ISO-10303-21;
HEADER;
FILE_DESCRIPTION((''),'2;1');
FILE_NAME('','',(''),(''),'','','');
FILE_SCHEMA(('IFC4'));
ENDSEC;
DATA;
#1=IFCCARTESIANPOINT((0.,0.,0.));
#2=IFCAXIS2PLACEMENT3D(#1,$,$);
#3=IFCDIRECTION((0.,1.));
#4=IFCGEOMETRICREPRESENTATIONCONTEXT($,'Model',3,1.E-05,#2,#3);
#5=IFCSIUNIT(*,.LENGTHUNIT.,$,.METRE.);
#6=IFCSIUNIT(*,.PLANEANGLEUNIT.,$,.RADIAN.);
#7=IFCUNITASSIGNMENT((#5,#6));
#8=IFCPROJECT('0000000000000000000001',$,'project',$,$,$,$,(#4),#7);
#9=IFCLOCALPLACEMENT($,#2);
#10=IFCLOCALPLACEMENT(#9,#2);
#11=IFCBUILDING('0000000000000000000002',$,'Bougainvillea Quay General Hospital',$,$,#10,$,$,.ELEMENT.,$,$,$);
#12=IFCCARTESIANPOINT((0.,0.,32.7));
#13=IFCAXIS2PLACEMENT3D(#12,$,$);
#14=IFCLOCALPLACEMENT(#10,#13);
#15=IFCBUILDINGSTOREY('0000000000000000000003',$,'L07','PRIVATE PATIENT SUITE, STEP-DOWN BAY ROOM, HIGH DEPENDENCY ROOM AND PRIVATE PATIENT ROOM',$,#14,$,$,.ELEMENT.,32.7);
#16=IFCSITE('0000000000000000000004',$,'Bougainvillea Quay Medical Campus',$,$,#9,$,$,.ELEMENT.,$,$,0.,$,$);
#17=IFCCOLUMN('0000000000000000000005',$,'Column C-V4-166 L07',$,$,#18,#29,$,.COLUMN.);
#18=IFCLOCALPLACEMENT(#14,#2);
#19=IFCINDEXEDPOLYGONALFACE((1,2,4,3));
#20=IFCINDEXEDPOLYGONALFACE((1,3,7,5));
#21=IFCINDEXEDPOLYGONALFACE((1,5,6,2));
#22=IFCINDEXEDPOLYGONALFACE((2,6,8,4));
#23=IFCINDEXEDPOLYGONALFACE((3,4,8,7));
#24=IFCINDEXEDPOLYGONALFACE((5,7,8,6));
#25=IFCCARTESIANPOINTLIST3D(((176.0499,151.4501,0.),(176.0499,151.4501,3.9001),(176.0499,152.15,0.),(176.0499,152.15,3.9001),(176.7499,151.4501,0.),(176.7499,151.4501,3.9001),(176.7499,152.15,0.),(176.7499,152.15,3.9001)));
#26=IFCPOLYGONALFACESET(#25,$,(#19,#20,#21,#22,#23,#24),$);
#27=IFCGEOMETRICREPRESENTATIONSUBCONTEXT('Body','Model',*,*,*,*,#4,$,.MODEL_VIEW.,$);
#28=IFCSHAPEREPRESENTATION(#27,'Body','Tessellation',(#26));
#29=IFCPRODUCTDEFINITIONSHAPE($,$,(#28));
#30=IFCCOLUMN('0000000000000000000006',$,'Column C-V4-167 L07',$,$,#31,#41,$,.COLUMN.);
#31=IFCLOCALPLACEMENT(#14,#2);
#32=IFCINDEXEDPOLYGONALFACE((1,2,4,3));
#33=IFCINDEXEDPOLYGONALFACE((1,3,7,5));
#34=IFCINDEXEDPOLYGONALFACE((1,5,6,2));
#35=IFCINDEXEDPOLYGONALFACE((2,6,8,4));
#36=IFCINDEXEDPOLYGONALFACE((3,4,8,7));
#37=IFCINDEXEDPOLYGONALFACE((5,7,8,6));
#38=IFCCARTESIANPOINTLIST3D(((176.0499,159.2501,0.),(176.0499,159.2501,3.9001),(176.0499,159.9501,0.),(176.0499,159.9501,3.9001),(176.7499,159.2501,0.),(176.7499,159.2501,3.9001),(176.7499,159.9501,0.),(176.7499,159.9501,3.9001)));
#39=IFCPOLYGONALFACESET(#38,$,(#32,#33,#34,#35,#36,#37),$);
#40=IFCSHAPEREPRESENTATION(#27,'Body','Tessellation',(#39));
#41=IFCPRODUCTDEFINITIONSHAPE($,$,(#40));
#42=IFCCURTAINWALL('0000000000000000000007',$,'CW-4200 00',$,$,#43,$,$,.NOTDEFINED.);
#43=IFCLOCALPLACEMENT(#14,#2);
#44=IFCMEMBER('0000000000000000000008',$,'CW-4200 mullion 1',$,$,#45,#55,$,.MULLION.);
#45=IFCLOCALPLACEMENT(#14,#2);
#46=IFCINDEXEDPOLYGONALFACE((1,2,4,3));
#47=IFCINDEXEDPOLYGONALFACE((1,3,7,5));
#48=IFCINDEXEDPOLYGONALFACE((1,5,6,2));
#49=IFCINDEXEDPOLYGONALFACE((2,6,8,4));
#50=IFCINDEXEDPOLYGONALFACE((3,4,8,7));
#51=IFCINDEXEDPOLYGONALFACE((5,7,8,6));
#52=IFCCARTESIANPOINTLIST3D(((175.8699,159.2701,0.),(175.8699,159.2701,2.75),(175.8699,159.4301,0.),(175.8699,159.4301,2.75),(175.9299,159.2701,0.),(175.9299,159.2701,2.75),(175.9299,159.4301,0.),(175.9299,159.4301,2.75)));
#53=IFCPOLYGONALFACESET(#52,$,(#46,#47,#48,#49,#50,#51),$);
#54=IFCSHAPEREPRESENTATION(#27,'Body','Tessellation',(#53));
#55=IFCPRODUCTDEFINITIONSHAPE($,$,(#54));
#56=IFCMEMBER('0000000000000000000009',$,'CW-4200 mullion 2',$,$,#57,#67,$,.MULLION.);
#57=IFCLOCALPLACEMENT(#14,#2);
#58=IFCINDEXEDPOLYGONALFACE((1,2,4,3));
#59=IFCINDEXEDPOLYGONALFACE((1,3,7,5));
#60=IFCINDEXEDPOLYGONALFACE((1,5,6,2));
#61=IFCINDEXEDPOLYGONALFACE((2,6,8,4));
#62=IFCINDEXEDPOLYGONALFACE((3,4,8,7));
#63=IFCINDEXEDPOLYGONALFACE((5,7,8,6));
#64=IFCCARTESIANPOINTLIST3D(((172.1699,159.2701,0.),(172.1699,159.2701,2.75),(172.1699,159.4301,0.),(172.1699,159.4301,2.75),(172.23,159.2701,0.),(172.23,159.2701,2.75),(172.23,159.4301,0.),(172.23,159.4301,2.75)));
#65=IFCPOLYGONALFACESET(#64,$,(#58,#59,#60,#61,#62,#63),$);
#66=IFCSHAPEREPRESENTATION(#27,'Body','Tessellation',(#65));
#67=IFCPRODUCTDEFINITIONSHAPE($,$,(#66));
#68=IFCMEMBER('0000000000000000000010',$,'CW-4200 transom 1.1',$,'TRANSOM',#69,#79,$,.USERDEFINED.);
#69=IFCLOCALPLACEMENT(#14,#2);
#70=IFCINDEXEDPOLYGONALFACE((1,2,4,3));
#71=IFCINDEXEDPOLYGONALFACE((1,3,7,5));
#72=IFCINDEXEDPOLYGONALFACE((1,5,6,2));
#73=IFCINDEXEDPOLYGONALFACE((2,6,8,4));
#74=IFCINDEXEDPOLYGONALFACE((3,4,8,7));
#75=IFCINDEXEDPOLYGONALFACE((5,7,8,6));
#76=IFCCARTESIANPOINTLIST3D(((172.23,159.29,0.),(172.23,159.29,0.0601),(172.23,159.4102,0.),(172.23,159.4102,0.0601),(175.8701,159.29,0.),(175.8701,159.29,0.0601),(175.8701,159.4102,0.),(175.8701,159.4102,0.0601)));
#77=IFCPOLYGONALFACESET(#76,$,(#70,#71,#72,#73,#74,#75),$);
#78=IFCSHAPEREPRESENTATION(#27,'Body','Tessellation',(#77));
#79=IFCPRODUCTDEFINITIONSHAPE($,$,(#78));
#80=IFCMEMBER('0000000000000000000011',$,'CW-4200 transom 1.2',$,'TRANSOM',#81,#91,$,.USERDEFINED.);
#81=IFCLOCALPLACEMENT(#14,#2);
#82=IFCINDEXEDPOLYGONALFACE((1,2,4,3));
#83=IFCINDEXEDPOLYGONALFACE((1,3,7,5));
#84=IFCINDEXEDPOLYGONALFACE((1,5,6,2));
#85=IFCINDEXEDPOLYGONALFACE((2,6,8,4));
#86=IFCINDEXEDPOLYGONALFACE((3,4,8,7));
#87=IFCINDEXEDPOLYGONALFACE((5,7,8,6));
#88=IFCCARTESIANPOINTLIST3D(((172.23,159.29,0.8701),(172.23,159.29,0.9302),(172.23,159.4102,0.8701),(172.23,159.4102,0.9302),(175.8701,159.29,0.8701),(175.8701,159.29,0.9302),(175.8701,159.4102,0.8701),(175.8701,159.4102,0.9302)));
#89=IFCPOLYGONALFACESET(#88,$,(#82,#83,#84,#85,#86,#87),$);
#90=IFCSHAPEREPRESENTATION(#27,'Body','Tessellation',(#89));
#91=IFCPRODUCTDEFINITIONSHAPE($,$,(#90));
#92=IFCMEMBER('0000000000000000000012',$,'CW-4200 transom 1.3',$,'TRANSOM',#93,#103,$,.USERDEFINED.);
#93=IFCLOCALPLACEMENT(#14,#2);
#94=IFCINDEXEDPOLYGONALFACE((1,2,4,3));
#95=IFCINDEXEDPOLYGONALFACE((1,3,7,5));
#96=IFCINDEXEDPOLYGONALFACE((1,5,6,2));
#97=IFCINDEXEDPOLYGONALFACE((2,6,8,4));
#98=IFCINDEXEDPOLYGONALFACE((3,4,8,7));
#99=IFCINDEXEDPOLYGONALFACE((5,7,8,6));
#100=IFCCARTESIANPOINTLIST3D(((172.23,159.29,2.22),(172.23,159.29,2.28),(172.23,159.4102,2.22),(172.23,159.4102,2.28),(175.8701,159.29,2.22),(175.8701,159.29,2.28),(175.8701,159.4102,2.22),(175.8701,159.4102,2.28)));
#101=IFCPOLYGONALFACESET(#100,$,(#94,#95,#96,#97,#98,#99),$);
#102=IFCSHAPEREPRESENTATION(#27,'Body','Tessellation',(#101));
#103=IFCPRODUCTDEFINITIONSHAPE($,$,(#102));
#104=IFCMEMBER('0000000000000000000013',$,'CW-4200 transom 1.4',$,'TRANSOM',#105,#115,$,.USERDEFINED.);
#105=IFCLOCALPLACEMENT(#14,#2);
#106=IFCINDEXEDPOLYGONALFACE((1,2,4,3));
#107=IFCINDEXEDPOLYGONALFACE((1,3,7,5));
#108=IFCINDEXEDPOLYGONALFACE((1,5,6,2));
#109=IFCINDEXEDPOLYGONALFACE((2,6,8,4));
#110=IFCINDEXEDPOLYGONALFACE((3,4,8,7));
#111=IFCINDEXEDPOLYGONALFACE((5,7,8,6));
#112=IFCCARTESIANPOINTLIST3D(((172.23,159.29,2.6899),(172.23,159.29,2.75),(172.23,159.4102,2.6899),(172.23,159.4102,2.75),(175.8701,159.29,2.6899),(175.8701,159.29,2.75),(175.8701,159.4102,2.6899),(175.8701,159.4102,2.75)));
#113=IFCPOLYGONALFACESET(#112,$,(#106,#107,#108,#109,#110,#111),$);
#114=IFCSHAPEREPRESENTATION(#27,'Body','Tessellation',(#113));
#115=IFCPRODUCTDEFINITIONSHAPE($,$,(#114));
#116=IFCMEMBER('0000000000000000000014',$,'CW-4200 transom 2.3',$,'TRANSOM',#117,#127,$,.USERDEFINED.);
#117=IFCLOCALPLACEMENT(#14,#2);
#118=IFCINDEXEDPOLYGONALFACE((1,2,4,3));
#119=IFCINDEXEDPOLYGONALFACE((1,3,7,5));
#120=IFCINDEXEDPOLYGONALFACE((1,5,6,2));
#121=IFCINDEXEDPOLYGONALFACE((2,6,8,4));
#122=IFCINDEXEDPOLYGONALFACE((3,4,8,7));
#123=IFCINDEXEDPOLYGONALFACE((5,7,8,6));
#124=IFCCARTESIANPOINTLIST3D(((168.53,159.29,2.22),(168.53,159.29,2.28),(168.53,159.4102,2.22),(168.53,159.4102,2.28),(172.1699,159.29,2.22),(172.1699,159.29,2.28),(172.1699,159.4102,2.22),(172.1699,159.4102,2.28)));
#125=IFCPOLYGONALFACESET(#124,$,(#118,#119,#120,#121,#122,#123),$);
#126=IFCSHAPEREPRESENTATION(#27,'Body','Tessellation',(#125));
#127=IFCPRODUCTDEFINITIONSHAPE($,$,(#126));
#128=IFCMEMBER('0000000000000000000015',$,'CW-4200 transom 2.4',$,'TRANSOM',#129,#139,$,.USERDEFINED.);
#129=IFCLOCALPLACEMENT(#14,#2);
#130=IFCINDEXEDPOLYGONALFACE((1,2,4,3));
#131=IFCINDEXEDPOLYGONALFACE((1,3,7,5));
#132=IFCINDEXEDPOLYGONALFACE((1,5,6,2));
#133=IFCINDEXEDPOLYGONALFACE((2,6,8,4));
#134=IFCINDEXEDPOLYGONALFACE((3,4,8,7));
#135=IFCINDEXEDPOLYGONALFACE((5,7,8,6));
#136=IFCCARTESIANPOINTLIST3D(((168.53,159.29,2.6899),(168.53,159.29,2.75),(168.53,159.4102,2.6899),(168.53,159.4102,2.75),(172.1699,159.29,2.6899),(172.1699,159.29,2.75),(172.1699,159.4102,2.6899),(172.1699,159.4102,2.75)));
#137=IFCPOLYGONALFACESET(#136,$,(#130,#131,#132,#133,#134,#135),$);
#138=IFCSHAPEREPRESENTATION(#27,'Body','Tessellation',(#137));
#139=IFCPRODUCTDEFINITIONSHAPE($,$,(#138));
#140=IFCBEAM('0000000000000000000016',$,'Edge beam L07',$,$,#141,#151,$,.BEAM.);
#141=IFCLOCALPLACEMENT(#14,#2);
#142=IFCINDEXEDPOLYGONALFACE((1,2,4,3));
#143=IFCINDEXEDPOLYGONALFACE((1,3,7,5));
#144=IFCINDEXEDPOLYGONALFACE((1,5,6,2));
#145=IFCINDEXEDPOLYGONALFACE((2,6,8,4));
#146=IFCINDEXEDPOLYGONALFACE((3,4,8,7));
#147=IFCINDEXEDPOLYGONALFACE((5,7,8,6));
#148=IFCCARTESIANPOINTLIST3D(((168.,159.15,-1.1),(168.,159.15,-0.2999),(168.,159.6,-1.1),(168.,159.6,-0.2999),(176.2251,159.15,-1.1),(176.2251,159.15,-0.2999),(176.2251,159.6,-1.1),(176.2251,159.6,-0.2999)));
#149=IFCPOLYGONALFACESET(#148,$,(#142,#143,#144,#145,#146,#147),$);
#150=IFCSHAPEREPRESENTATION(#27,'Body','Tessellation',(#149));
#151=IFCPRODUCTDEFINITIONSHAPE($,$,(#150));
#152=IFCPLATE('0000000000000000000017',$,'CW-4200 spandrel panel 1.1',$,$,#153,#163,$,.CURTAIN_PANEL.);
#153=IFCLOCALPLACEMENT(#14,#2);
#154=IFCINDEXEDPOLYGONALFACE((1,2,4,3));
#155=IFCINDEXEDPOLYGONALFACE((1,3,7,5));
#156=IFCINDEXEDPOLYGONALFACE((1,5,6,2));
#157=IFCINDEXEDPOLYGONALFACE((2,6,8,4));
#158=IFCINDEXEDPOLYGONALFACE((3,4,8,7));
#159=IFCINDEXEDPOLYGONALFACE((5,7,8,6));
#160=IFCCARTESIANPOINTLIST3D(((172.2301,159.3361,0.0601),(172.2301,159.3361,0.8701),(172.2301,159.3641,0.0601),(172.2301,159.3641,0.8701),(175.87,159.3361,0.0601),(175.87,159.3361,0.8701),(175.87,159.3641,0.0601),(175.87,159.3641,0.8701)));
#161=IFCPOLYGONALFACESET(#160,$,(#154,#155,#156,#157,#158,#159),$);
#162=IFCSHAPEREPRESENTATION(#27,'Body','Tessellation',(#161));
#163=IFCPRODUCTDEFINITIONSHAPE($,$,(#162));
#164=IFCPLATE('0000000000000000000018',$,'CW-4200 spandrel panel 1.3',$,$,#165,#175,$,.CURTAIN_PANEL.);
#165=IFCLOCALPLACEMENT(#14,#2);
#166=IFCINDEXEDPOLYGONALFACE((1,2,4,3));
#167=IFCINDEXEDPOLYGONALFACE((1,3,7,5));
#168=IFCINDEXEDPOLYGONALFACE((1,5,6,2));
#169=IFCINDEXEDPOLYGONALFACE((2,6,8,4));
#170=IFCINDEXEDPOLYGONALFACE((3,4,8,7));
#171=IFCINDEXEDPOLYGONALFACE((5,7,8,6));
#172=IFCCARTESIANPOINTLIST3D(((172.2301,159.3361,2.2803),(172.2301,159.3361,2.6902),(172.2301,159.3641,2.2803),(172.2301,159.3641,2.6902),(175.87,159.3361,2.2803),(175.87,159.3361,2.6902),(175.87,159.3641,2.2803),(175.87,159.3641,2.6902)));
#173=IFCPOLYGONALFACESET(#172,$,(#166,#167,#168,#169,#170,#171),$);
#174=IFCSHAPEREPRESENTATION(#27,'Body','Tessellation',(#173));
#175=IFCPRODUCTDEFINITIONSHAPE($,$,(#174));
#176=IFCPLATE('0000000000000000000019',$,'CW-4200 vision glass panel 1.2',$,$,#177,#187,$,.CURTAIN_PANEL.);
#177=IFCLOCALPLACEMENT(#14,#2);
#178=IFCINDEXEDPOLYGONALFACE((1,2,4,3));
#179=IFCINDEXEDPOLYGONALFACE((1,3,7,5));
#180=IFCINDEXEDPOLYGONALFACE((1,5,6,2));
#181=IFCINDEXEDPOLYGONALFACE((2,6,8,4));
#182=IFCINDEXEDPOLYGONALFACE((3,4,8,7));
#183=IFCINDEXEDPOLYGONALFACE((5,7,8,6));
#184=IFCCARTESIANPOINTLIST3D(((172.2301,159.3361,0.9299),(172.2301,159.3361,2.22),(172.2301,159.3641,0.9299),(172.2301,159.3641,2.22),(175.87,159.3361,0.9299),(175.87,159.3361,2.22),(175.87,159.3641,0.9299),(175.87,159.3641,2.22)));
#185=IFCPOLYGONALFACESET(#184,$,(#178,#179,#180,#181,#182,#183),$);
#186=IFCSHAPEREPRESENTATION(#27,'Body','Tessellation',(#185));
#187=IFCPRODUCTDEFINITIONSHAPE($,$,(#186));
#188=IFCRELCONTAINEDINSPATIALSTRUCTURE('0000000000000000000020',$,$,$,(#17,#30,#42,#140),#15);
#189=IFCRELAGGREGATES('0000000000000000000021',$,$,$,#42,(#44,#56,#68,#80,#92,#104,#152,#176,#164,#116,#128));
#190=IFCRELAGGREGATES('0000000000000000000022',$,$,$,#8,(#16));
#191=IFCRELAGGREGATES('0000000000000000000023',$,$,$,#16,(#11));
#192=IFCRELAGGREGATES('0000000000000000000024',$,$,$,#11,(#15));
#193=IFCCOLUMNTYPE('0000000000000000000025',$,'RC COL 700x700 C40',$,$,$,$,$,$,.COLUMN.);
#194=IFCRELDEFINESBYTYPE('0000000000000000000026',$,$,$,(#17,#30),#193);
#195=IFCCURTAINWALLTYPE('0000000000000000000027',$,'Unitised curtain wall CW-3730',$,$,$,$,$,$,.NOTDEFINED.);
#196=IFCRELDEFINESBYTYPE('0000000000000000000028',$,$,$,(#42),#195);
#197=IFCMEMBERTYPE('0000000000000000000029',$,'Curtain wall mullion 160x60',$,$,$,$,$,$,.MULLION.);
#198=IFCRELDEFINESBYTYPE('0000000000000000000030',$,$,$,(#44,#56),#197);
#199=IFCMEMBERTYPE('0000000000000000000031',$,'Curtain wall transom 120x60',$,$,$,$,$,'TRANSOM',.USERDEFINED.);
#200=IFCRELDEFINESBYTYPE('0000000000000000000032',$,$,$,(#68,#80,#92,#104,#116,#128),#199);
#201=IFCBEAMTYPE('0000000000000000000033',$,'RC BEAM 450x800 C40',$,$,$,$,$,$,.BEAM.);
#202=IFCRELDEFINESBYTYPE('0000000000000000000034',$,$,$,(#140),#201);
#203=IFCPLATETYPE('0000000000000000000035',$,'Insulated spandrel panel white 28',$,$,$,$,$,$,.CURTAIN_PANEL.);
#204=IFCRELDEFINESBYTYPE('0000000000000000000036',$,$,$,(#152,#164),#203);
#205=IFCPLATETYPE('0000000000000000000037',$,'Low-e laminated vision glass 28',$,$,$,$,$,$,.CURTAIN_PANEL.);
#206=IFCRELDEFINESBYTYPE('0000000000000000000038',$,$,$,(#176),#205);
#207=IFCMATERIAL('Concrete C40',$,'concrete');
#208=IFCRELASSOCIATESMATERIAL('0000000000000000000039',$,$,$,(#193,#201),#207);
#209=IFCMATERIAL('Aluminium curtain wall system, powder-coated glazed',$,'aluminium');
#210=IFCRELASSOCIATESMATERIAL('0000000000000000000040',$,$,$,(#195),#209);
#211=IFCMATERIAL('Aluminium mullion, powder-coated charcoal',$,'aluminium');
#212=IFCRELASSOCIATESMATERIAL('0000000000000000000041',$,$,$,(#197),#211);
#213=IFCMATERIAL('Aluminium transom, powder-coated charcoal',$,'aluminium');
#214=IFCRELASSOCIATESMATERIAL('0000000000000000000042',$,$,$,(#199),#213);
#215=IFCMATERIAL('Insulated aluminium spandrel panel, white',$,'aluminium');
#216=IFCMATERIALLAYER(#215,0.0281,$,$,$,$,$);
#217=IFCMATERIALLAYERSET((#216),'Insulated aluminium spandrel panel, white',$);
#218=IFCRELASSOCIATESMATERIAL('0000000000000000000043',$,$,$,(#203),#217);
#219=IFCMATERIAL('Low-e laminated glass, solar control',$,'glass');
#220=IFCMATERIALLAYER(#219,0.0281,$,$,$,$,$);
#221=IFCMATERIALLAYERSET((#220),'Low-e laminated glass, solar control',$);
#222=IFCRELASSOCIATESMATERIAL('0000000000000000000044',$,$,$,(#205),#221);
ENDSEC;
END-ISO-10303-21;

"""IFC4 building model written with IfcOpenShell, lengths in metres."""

from ifc_helpers import new_model, si_unit, direction, frame, origin, origin_2d, place, context, subcontext, project, spatial, rectangle, extrude, material, layer, layer_set, material_profile, profile_set, type_object, element, aggregate, save


model = new_model("IFC4")

# Units and contexts
model_context = context("Model", 3, precision=1e-05, world=origin(), true_north=direction((0.0, 1.0)))
body_context = subcontext(model_context, "Body", "Model", "MODEL_VIEW")
ifc_project = project(units=[si_unit("LENGTHUNIT", "METRE"), si_unit("PLANEANGLEUNIT", "RADIAN")], contexts=[model_context])

# Site, building, storey
site_placement = place(None, origin())
site = spatial("IfcSite", under=ifc_project, at=site_placement, Name="Bougainvillea Quay Medical Campus", CompositionType="ELEMENT", RefElevation=0.0)
building_placement = place(site_placement, origin())
building = spatial("IfcBuilding", under=site, at=building_placement, Name="Bougainvillea Quay General Hospital", CompositionType="ELEMENT")
storey_placement = place(building_placement, frame((0.0, 0.0, 32.7)))
storey = spatial("IfcBuildingStorey", under=building, at=storey_placement, Name="L07", Description="PRIVATE PATIENT SUITE, STEP-DOWN BAY ROOM, HIGH DEPENDENCY ROOM AND PRIVATE PATIENT ROOM", CompositionType="ELEMENT", Elevation=32.7)

# Columns
ifc_material_1 = material(Name="Concrete C40", Category="concrete")
ifc_material_profile_1 = material_profile(ifc_material_1, rectangle(XDim=0.7, YDim=0.7, at=origin_2d()))
ifc_profile_set_1 = profile_set([ifc_material_profile_1], Name="Concrete C40")
column_type = type_object("IfcColumnType", Name="RC COL 700x700 C40", PredefinedType="COLUMN", material=ifc_profile_set_1)
for number, where, z_axis, x_axis, name in (
    (1, (176.3999, 151.8, 0.0), (0.0, 0.0, 1.0), (1.0, 0.0, 0.0), "Column C-V4-166 L07"),
    (2, (176.3999, 159.6001, 0.0), (0.0, 0.0, 1.0), (1.0, 0.0, 0.0), "Column C-V4-167 L07"),
):
    element("IfcColumn", number, at=place(storey_placement, frame(where, z_axis=z_axis, x_axis=x_axis)), inside=storey, type_object=column_type, Name=name, PredefinedType="COLUMN", context=body_context, shape_type="SweptSolid", body=[
        extrude(rectangle(XDim=0.7, YDim=0.7, at=origin_2d()), origin(), (0.0, 0.0, 1.0), 3.9001),
    ])

# Curtain wall, members
ifc_material_2 = material(Name="Aluminium curtain wall system, powder-coated glazed", Category="aluminium")
curtain_wall_type = type_object("IfcCurtainWallType", Name="Unitised curtain wall CW-3730", PredefinedType="NOTDEFINED", material=ifc_material_2)
curtain_wall_placement = place(storey_placement, origin())
curtain_wall = element("IfcCurtainWall", 3, at=curtain_wall_placement, inside=storey, type_object=curtain_wall_type, Name="CW-4200 00", PredefinedType="NOTDEFINED")
ifc_material_3 = material(Name="Aluminium mullion, powder-coated charcoal", Category="aluminium")
ifc_material_profile_2 = material_profile(ifc_material_3, rectangle(XDim=0.1599, YDim=0.0601, at=origin_2d()))
ifc_profile_set_2 = profile_set([ifc_material_profile_2], Name="Aluminium mullion, powder-coated charcoal")
member_type_1 = type_object("IfcMemberType", Name="Curtain wall mullion 160x60", PredefinedType="MULLION", material=ifc_profile_set_2)
member_1_placement = place(storey_placement, frame((175.8999, 159.3501, 0.0), z_axis=(0.0, 0.0, 1.0), x_axis=(0.0, -1.0, 0.0)))
member_1 = element("IfcMember", 4, at=member_1_placement, type_object=member_type_1, Name="CW-4200 mullion 1", PredefinedType="MULLION", context=body_context, shape_type="SweptSolid", body=[
    extrude(rectangle(XDim=0.1599, YDim=0.0601, at=origin_2d()), origin(), (0.0, 0.0, 1.0), 2.75),
])
member_2_placement = place(storey_placement, frame((172.2, 159.3501, 0.0), z_axis=(0.0, 0.0, 1.0), x_axis=(0.0, -1.0, 0.0)))
member_2 = element("IfcMember", 5, at=member_2_placement, type_object=member_type_1, Name="CW-4200 mullion 2", PredefinedType="MULLION", context=body_context, shape_type="SweptSolid", body=[
    extrude(rectangle(XDim=0.1599, YDim=0.0601, at=origin_2d()), origin(), (0.0, 0.0, 1.0), 2.75),
])
ifc_material_4 = material(Name="Aluminium transom, powder-coated charcoal", Category="aluminium")
ifc_material_profile_3 = material_profile(ifc_material_4, rectangle(XDim=0.1201, YDim=0.0601, at=origin_2d()))
ifc_profile_set_3 = profile_set([ifc_material_profile_3], Name="Aluminium transom, powder-coated charcoal")
member_type_2 = type_object("IfcMemberType", Name="Curtain wall transom 120x60", ElementType="TRANSOM", PredefinedType="USERDEFINED", material=ifc_profile_set_3)
member_3_placement = place(storey_placement, frame((175.8701, 159.3501, 0.03), z_axis=(-1.0, 0.0, 0.0), x_axis=(0.0, -1.0, 0.0)))
member_3 = element("IfcMember", 6, at=member_3_placement, type_object=member_type_2, Name="CW-4200 transom 1.1", ObjectType="TRANSOM", PredefinedType="USERDEFINED", context=body_context, shape_type="SweptSolid", body=[
    extrude(rectangle(XDim=0.1201, YDim=0.0601, at=origin_2d()), origin(), (0.0, 0.0, 1.0), 3.6401),
])
member_4_placement = place(storey_placement, frame((175.8701, 159.3501, 0.9001), z_axis=(-1.0, 0.0, 0.0), x_axis=(0.0, -1.0, 0.0)))
member_4 = element("IfcMember", 7, at=member_4_placement, type_object=member_type_2, Name="CW-4200 transom 1.2", ObjectType="TRANSOM", PredefinedType="USERDEFINED", context=body_context, shape_type="SweptSolid", body=[
    extrude(rectangle(XDim=0.1201, YDim=0.0601, at=origin_2d()), origin(), (0.0, 0.0, 1.0), 3.6401),
])
member_5_placement = place(storey_placement, frame((175.8701, 159.3501, 2.25), z_axis=(-1.0, 0.0, 0.0), x_axis=(0.0, -1.0, 0.0)))
member_5 = element("IfcMember", 8, at=member_5_placement, type_object=member_type_2, Name="CW-4200 transom 1.3", ObjectType="TRANSOM", PredefinedType="USERDEFINED", context=body_context, shape_type="SweptSolid", body=[
    extrude(rectangle(XDim=0.1201, YDim=0.0601, at=origin_2d()), origin(), (0.0, 0.0, 1.0), 3.6401),
])
member_6_placement = place(storey_placement, frame((175.8701, 159.3501, 2.72), z_axis=(-1.0, 0.0, 0.0), x_axis=(0.0, -1.0, 0.0)))
member_6 = element("IfcMember", 9, at=member_6_placement, type_object=member_type_2, Name="CW-4200 transom 1.4", ObjectType="TRANSOM", PredefinedType="USERDEFINED", context=body_context, shape_type="SweptSolid", body=[
    extrude(rectangle(XDim=0.1201, YDim=0.0601, at=origin_2d()), origin(), (0.0, 0.0, 1.0), 3.6401),
])
member_7_placement = place(storey_placement, frame((172.1699, 159.3501, 2.25), z_axis=(-1.0, 0.0, 0.0), x_axis=(0.0, -1.0, 0.0)))
member_7 = element("IfcMember", 10, at=member_7_placement, type_object=member_type_2, Name="CW-4200 transom 2.3", ObjectType="TRANSOM", PredefinedType="USERDEFINED", context=body_context, shape_type="SweptSolid", body=[
    extrude(rectangle(XDim=0.1201, YDim=0.0601, at=origin_2d()), origin(), (0.0, 0.0, 1.0), 3.6399),
])
member_8_placement = place(storey_placement, frame((172.1699, 159.3501, 2.72), z_axis=(-1.0, 0.0, 0.0), x_axis=(0.0, -1.0, 0.0)))
member_8 = element("IfcMember", 11, at=member_8_placement, type_object=member_type_2, Name="CW-4200 transom 2.4", ObjectType="TRANSOM", PredefinedType="USERDEFINED", context=body_context, shape_type="SweptSolid", body=[
    extrude(rectangle(XDim=0.1201, YDim=0.0601, at=origin_2d()), origin(), (0.0, 0.0, 1.0), 3.6399),
])

# Beam
ifc_material_profile_4 = material_profile(ifc_material_1, rectangle(XDim=0.45, YDim=0.8, at=origin_2d()))
ifc_profile_set_4 = profile_set([ifc_material_profile_4], Name="Concrete C40")
beam_type = type_object("IfcBeamType", Name="RC BEAM 450x800 C40", PredefinedType="BEAM", material=ifc_profile_set_4)
beam_placement = place(storey_placement, frame((176.2251, 159.375, -0.7), z_axis=(-1.0, 0.0, 0.0), x_axis=(0.0, -1.0, 0.0)))
element("IfcBeam", 12, at=beam_placement, inside=storey, type_object=beam_type, Name="Edge beam L07", PredefinedType="BEAM", context=body_context, shape_type="SweptSolid", body=[
    extrude(rectangle(XDim=0.45, YDim=0.8, at=origin_2d()), origin(), (0.0, 0.0, 1.0), 8.2251),
])

# Plates
ifc_material_5 = material(Name="Insulated aluminium spandrel panel, white", Category="aluminium")
ifc_layer_1 = layer(ifc_material_5, 0.0281)
ifc_layer_set_1 = layer_set([ifc_layer_1], Name="Insulated aluminium spandrel panel, white")
plate_type_1 = type_object("IfcPlateType", Name="Insulated spandrel panel white 28", PredefinedType="CURTAIN_PANEL", material=ifc_layer_set_1)
plate_1_placement = place(storey_placement, frame((174.05, 159.3501, 0.0601), z_axis=(0.0, 0.0, 1.0), x_axis=(-1.0, 0.0, 0.0)))
plate_1 = element("IfcPlate", 13, at=plate_1_placement, type_object=plate_type_1, Name="CW-4200 spandrel panel 1.1", PredefinedType="CURTAIN_PANEL", context=body_context, shape_type="SweptSolid", body=[
    extrude(rectangle(XDim=3.6399, YDim=0.0281, at=origin_2d()), origin(), (0.0, 0.0, 1.0), 0.8101),
])
plate_2_placement = place(storey_placement, frame((174.05, 159.3501, 2.2803), z_axis=(0.0, 0.0, 1.0), x_axis=(-1.0, 0.0, 0.0)))
plate_2 = element("IfcPlate", 14, at=plate_2_placement, type_object=plate_type_1, Name="CW-4200 spandrel panel 1.3", PredefinedType="CURTAIN_PANEL", context=body_context, shape_type="SweptSolid", body=[
    extrude(rectangle(XDim=3.6399, YDim=0.0281, at=origin_2d()), origin(), (0.0, 0.0, 1.0), 0.4099),
])
ifc_material_6 = material(Name="Low-e laminated glass, solar control", Category="glass")
ifc_layer_2 = layer(ifc_material_6, 0.0281)
ifc_layer_set_2 = layer_set([ifc_layer_2], Name="Low-e laminated glass, solar control")
plate_type_2 = type_object("IfcPlateType", Name="Low-e laminated vision glass 28", PredefinedType="CURTAIN_PANEL", material=ifc_layer_set_2)
plate_3_placement = place(storey_placement, frame((174.05, 159.3501, 0.9299), z_axis=(0.0, 0.0, 1.0), x_axis=(-1.0, 0.0, 0.0)))
plate_3 = element("IfcPlate", 15, at=plate_3_placement, type_object=plate_type_2, Name="CW-4200 vision glass panel 1.2", PredefinedType="CURTAIN_PANEL", context=body_context, shape_type="SweptSolid", body=[
    extrude(rectangle(XDim=3.6399, YDim=0.0281, at=origin_2d()), origin(), (0.0, 0.0, 1.0), 1.29),
])
aggregate(curtain_wall, [member_1, member_2, member_3, member_4, member_5, member_6, plate_1, plate_3, plate_2, member_7, member_8])

save(model, "model.ifc")
